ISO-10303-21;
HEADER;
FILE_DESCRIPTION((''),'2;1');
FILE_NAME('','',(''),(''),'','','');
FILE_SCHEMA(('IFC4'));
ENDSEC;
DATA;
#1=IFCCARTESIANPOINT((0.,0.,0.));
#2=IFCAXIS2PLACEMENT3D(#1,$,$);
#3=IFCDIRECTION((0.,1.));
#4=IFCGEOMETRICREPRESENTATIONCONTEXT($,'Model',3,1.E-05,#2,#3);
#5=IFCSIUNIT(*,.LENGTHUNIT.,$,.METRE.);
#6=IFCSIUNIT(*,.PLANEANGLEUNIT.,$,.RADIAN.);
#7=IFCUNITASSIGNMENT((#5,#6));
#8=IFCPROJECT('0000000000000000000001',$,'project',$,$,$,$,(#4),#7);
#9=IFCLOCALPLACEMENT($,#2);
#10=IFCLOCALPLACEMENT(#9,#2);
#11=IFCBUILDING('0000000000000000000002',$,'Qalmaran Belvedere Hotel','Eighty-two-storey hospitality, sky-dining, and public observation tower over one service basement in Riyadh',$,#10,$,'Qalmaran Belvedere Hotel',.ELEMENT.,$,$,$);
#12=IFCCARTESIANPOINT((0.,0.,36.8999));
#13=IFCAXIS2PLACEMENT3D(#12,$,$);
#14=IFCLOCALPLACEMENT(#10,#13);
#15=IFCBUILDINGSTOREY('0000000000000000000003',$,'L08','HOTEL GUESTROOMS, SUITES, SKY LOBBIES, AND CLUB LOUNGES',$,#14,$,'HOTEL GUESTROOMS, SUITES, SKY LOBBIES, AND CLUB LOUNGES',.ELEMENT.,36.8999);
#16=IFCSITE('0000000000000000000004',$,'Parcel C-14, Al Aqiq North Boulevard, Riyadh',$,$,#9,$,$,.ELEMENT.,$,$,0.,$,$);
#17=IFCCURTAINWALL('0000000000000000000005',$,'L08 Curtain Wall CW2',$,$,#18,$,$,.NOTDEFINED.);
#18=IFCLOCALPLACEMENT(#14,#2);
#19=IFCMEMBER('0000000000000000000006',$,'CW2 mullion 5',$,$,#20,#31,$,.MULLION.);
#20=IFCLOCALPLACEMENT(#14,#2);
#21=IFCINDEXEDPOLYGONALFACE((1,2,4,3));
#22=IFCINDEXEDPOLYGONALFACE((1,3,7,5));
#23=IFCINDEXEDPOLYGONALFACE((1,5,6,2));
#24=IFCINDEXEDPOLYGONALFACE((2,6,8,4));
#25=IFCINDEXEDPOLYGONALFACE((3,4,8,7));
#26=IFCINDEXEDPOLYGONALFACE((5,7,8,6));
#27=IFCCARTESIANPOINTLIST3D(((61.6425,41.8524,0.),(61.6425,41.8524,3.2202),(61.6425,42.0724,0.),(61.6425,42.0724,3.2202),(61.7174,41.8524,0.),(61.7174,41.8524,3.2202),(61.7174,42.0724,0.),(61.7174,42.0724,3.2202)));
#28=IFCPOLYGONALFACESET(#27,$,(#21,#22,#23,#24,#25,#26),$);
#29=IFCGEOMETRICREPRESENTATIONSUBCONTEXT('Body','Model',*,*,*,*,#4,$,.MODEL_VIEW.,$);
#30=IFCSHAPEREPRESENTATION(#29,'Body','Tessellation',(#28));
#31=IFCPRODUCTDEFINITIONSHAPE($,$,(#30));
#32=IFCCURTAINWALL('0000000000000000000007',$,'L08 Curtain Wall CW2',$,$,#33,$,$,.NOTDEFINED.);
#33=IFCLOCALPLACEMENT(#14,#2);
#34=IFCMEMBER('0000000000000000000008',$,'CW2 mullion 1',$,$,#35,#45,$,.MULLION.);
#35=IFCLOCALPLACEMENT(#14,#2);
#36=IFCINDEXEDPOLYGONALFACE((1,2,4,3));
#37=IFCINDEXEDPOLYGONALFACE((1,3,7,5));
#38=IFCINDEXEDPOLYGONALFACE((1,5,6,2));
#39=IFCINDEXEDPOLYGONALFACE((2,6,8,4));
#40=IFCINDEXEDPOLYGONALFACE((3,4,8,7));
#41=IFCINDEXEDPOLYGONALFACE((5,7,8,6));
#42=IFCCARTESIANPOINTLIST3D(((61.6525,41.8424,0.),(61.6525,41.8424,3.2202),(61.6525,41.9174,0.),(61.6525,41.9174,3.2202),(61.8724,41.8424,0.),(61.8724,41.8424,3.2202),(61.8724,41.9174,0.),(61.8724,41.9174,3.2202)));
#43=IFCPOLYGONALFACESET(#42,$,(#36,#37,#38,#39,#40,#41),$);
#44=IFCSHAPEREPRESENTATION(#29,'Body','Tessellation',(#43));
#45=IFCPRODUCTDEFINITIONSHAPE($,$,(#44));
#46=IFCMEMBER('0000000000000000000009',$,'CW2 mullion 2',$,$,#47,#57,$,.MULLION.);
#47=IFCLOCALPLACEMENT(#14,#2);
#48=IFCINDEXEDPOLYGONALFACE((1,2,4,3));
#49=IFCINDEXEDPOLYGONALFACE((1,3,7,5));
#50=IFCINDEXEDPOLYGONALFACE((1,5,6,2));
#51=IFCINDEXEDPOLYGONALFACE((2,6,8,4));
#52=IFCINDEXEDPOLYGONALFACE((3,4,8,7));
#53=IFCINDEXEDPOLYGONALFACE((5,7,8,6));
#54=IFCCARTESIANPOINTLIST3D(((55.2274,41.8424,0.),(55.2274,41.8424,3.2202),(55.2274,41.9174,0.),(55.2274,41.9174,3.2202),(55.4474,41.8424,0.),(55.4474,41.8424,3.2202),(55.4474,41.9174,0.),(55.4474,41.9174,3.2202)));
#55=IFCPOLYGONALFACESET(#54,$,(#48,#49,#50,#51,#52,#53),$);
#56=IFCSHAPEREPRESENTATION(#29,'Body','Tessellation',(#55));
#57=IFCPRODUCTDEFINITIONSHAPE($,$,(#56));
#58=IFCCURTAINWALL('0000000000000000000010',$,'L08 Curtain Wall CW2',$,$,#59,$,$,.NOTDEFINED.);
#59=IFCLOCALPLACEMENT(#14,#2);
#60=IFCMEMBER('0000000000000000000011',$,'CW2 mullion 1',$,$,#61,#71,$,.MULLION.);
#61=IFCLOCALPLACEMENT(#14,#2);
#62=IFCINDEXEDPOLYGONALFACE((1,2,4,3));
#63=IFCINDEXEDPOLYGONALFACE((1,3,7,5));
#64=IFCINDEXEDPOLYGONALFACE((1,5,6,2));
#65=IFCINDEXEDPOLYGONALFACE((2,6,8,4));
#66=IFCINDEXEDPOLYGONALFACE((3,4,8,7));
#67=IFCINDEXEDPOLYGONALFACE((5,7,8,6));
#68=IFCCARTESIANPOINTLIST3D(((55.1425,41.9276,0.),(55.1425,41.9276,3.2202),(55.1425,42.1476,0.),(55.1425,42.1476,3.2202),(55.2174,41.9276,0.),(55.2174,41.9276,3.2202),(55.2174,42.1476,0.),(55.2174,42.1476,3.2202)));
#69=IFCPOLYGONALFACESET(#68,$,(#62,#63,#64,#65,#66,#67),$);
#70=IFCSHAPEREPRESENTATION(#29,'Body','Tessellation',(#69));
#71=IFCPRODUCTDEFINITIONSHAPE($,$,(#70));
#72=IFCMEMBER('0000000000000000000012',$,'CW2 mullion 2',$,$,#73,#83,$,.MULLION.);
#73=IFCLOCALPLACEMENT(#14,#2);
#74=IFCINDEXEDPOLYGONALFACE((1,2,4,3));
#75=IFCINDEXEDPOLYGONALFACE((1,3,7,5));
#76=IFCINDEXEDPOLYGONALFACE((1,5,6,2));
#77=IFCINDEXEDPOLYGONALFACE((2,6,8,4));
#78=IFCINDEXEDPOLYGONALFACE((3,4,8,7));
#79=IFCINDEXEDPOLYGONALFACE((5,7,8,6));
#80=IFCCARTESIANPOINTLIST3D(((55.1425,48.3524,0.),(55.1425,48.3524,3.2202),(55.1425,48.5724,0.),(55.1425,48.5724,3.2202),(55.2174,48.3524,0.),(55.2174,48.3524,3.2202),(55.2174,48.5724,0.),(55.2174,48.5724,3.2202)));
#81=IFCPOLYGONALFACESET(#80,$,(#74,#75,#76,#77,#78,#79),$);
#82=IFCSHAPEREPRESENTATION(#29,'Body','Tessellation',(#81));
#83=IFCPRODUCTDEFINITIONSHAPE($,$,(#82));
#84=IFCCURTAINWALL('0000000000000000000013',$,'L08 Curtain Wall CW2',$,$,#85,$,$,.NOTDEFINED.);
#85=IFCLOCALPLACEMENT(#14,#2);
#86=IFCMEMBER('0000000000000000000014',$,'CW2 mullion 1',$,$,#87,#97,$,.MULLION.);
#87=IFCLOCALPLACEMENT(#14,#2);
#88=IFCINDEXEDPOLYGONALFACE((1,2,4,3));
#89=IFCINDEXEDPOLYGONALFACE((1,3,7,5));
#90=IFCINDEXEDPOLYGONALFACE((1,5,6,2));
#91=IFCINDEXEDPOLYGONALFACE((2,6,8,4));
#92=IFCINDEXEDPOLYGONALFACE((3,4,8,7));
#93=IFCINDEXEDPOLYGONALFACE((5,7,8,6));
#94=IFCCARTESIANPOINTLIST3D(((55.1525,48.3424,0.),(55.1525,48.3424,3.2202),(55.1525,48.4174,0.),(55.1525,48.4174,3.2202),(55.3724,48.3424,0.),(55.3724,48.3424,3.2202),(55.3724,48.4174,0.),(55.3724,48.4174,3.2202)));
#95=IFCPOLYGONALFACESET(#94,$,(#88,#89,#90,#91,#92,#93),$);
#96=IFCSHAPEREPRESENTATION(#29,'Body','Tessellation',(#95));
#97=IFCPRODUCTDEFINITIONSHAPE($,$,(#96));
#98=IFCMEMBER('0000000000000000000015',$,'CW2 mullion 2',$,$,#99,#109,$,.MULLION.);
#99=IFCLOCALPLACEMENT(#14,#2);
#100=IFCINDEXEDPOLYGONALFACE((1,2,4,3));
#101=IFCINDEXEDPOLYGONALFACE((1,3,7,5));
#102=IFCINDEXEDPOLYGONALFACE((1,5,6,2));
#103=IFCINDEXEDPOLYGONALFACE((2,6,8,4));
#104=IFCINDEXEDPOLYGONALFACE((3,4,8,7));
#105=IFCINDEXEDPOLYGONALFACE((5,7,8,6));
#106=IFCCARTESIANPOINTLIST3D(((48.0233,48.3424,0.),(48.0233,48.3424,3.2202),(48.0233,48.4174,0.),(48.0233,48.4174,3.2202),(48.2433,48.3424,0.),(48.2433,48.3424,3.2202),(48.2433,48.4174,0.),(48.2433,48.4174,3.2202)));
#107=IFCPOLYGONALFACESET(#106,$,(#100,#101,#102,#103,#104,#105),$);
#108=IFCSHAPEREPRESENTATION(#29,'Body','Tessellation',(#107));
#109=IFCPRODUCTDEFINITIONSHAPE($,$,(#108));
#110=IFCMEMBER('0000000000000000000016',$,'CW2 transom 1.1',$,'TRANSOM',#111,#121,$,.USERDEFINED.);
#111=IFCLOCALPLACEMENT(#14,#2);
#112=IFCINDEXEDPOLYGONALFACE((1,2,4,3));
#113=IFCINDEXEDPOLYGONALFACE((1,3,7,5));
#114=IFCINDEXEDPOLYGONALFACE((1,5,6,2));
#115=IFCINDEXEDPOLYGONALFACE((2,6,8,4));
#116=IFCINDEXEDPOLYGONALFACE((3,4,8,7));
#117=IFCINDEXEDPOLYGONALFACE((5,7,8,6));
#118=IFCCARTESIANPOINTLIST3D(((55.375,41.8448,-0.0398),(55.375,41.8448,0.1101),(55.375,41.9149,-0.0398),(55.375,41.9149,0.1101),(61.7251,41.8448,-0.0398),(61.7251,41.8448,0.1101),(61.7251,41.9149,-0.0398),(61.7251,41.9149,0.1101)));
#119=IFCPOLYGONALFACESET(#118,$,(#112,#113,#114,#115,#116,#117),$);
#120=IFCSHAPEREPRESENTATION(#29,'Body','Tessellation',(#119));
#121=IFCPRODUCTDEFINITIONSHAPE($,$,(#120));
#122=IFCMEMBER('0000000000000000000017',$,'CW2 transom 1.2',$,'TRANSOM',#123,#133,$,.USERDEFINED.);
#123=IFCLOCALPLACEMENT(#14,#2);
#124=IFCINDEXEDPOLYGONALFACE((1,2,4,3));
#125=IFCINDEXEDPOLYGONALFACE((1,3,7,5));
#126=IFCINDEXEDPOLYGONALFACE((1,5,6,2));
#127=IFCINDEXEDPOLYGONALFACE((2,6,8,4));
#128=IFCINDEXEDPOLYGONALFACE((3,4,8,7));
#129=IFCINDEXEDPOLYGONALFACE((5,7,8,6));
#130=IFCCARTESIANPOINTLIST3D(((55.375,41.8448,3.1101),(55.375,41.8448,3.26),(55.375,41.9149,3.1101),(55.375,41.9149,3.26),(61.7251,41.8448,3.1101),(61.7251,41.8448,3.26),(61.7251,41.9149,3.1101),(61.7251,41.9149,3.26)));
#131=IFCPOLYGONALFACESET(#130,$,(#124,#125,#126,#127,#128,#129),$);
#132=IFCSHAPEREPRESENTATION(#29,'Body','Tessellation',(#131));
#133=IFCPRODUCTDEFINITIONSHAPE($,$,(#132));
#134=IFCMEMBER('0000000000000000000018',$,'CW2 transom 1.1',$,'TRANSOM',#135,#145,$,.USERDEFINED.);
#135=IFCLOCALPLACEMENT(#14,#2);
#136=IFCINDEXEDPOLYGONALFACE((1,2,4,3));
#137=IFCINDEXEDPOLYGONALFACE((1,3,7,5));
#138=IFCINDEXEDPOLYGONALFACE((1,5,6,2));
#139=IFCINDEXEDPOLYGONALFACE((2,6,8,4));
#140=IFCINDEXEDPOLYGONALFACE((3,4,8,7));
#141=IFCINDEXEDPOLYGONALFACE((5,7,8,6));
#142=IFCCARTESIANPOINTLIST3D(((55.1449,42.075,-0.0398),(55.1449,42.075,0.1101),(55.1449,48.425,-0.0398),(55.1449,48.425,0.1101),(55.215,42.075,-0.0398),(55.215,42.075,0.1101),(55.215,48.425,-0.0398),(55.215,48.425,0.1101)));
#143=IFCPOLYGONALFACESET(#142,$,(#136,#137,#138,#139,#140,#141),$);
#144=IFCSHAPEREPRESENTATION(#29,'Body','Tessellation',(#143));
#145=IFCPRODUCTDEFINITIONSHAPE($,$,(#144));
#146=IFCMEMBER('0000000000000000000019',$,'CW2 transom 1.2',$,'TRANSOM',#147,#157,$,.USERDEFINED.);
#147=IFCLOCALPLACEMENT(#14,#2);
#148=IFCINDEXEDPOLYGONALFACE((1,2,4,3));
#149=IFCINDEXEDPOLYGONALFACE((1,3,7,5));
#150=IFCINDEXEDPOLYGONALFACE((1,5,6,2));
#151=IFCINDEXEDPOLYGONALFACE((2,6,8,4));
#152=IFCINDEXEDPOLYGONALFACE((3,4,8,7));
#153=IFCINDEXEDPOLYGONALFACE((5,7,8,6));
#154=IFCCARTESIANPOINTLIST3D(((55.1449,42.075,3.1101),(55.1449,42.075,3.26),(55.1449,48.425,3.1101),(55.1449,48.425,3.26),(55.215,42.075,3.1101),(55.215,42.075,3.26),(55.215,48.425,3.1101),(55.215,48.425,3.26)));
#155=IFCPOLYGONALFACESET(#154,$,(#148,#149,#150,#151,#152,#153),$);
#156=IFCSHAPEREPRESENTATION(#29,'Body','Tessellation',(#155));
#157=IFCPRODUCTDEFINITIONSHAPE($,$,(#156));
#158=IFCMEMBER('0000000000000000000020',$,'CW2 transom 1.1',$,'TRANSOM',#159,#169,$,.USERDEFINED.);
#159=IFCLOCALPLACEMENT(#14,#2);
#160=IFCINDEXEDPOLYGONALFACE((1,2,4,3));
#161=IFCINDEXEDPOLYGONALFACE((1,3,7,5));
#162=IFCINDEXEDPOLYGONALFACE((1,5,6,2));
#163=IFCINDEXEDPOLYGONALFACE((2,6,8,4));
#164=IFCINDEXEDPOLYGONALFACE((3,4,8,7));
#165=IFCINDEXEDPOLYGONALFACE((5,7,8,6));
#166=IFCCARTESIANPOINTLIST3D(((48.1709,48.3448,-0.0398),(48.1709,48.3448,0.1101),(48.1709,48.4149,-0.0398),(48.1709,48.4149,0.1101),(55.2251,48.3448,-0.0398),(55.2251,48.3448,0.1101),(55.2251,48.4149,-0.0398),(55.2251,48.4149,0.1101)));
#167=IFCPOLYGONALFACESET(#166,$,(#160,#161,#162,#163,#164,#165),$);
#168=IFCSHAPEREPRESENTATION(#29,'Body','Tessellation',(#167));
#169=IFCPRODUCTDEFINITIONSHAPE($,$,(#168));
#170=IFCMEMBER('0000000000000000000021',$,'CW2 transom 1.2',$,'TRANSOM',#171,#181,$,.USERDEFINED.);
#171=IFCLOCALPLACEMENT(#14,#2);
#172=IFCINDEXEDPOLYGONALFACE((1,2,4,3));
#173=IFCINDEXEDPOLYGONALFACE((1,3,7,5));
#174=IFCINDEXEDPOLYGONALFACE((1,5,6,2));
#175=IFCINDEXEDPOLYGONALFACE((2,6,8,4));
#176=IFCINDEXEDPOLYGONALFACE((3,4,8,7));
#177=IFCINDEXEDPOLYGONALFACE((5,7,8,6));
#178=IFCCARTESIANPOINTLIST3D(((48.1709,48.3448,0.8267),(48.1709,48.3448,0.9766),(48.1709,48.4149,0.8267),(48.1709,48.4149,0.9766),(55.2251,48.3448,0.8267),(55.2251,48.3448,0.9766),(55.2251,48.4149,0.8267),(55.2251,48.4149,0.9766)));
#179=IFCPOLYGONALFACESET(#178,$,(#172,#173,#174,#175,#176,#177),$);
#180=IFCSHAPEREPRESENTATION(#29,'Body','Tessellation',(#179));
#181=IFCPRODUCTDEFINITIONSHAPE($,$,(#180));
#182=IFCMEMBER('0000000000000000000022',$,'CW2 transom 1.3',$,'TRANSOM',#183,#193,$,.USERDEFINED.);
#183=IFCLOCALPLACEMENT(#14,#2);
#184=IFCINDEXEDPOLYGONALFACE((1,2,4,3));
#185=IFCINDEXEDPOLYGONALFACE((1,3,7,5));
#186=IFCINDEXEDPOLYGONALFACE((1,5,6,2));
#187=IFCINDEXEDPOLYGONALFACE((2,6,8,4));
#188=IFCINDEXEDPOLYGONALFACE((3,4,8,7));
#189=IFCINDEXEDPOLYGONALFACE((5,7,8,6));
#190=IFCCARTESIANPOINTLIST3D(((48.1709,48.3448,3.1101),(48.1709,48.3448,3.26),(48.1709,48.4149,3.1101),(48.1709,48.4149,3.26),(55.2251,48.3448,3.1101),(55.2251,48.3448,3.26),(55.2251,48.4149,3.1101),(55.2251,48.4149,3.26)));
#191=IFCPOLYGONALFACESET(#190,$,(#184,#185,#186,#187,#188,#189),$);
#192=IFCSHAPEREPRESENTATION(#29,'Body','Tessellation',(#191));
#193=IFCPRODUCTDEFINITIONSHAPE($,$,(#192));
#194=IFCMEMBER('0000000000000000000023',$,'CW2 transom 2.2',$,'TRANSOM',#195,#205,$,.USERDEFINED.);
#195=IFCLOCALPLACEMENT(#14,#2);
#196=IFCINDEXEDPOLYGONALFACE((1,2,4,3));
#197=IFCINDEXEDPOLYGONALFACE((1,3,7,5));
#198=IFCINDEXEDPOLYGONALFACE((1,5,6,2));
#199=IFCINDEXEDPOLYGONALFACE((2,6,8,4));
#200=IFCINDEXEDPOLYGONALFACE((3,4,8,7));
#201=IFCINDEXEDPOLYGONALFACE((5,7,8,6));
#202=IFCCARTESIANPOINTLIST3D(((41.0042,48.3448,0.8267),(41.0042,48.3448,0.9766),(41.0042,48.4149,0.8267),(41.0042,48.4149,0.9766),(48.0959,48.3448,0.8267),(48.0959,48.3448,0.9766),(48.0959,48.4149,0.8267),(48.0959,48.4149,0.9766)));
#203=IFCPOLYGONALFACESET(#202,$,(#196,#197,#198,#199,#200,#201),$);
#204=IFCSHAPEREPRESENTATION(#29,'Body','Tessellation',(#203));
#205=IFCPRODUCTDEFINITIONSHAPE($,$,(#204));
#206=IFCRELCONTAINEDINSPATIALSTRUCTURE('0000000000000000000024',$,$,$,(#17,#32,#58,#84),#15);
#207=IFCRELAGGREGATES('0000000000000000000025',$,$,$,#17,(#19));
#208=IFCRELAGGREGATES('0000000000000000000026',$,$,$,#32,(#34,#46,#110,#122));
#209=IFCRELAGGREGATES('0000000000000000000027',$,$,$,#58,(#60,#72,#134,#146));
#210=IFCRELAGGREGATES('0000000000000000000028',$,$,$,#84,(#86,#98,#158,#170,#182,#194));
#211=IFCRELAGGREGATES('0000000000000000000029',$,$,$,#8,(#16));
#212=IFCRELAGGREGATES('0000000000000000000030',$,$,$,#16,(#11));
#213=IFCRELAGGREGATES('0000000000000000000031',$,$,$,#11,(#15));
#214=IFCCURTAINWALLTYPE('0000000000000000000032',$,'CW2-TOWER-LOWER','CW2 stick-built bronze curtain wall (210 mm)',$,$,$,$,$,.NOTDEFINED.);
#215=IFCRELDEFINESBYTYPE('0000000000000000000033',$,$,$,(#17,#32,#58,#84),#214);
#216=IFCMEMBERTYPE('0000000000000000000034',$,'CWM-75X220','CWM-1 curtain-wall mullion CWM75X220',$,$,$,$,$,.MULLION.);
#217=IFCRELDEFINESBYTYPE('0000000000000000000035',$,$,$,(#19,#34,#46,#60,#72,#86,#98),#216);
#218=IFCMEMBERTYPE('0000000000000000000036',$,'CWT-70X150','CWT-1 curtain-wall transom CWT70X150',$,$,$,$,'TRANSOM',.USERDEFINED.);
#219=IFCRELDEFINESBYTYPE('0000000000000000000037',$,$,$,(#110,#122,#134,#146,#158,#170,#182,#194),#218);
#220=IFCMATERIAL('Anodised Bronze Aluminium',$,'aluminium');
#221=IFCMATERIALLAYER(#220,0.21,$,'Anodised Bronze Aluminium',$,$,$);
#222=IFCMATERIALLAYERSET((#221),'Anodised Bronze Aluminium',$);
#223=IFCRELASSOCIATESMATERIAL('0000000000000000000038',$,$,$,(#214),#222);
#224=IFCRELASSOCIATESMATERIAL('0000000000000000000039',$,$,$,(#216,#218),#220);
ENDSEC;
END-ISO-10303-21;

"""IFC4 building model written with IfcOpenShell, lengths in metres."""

from ifc_helpers import new_model, si_unit, direction, frame, origin, origin_2d, place, context, subcontext, project, spatial, rectangle, extrude, material, layer, layer_set, material_profile, profile_set, type_object, element, aggregate, save


model = new_model("IFC4")

# Units and contexts
model_context = context("Model", 3, precision=1e-05, world=origin(), true_north=direction((0.0, 1.0)))
body_context = subcontext(model_context, "Body", "Model", "MODEL_VIEW")
ifc_project = project(units=[si_unit("LENGTHUNIT", "METRE"), si_unit("PLANEANGLEUNIT", "RADIAN")], contexts=[model_context])

# Site, building, storey
site_placement = place(None, origin())
site = spatial("IfcSite", under=ifc_project, at=site_placement, Name="Parcel C-14, Al Aqiq North Boulevard, Riyadh", CompositionType="ELEMENT", RefElevation=0.0)
building_placement = place(site_placement, origin())
building = spatial("IfcBuilding", under=site, at=building_placement, Name="Qalmaran Belvedere Hotel", Description="Eighty-two-storey hospitality, sky-dining, and public observation tower over one service basement in Riyadh", LongName="Qalmaran Belvedere Hotel", CompositionType="ELEMENT")
storey_placement = place(building_placement, frame((0.0, 0.0, 36.8999)))
storey = spatial("IfcBuildingStorey", under=building, at=storey_placement, Name="L08", Description="HOTEL GUESTROOMS, SUITES, SKY LOBBIES, AND CLUB LOUNGES", LongName="HOTEL GUESTROOMS, SUITES, SKY LOBBIES, AND CLUB LOUNGES", CompositionType="ELEMENT", Elevation=36.8999)

# Curtain wall, member
ifc_material_1 = material(Name="Anodised Bronze Aluminium", Category="aluminium")
ifc_layer_1 = layer(ifc_material_1, 0.21, Name="Anodised Bronze Aluminium")
ifc_layer_set_1 = layer_set([ifc_layer_1], Name="Anodised Bronze Aluminium")
curtain_wall_type = type_object("IfcCurtainWallType", Name="CW2-TOWER-LOWER", Description="CW2 stick-built bronze curtain wall (210 mm)", PredefinedType="NOTDEFINED", material=ifc_layer_set_1)
curtain_wall_1_placement = place(storey_placement, origin())
curtain_wall_1 = element("IfcCurtainWall", 1, at=curtain_wall_1_placement, inside=storey, type_object=curtain_wall_type, Name="L08 Curtain Wall CW2", PredefinedType="NOTDEFINED")
ifc_material_profile_1 = material_profile(ifc_material_1, rectangle(XDim=0.075, YDim=0.22, at=origin_2d()), Name="CWM75X220")
ifc_profile_set_1 = profile_set([ifc_material_profile_1], Name="Anodised Bronze Aluminium")
member_type_1 = type_object("IfcMemberType", Name="CWM-75X220", Description="CWM-1 curtain-wall mullion CWM75X220", PredefinedType="MULLION", material=ifc_profile_set_1)
member_1_placement = place(storey_placement, frame((61.6799, 41.9624, 0.0), z_axis=(0.0, 0.0, 1.0), x_axis=(-1.0, 0.0, 0.0)))
member_1 = element("IfcMember", 2, at=member_1_placement, type_object=member_type_1, Name="CW2 mullion 5", PredefinedType="MULLION", context=body_context, shape_type="SweptSolid", body=[
    extrude(rectangle(XDim=0.075, YDim=0.22, at=origin_2d()), origin(), (0.0, 0.0, 1.0), 3.2202),
])

# Curtain walls, members
curtain_wall_2_placement = place(storey_placement, origin())
curtain_wall_2 = element("IfcCurtainWall", 3, at=curtain_wall_2_placement, inside=storey, type_object=curtain_wall_type, Name="L08 Curtain Wall CW2", PredefinedType="NOTDEFINED")
member_2_placement = place(storey_placement, frame((61.7625, 41.8799, 0.0), z_axis=(0.0, 0.0, 1.0), x_axis=(0.0, -1.0, 0.0)))
member_2 = element("IfcMember", 4, at=member_2_placement, type_object=member_type_1, Name="CW2 mullion 1", PredefinedType="MULLION", context=body_context, shape_type="SweptSolid", body=[
    extrude(rectangle(XDim=0.075, YDim=0.22, at=origin_2d()), origin(), (0.0, 0.0, 1.0), 3.2202),
])
member_3_placement = place(storey_placement, frame((55.3374, 41.8799, 0.0), z_axis=(0.0, 0.0, 1.0), x_axis=(0.0, -1.0, 0.0)))
member_3 = element("IfcMember", 5, at=member_3_placement, type_object=member_type_1, Name="CW2 mullion 2", PredefinedType="MULLION", context=body_context, shape_type="SweptSolid", body=[
    extrude(rectangle(XDim=0.075, YDim=0.22, at=origin_2d()), origin(), (0.0, 0.0, 1.0), 3.2202),
])
curtain_wall_3_placement = place(storey_placement, origin())
curtain_wall_3 = element("IfcCurtainWall", 6, at=curtain_wall_3_placement, inside=storey, type_object=curtain_wall_type, Name="L08 Curtain Wall CW2", PredefinedType="NOTDEFINED")
member_4_placement = place(storey_placement, frame((55.1799, 42.0376, 0.0), z_axis=(0.0, 0.0, 1.0), x_axis=(-1.0, 0.0, 0.0)))
member_4 = element("IfcMember", 7, at=member_4_placement, type_object=member_type_1, Name="CW2 mullion 1", PredefinedType="MULLION", context=body_context, shape_type="SweptSolid", body=[
    extrude(rectangle(XDim=0.075, YDim=0.22, at=origin_2d()), origin(), (0.0, 0.0, 1.0), 3.2202),
])
member_5_placement = place(storey_placement, frame((55.1799, 48.4624, 0.0), z_axis=(0.0, 0.0, 1.0), x_axis=(-1.0, 0.0, 0.0)))
member_5 = element("IfcMember", 8, at=member_5_placement, type_object=member_type_1, Name="CW2 mullion 2", PredefinedType="MULLION", context=body_context, shape_type="SweptSolid", body=[
    extrude(rectangle(XDim=0.075, YDim=0.22, at=origin_2d()), origin(), (0.0, 0.0, 1.0), 3.2202),
])
curtain_wall_4_placement = place(storey_placement, origin())
curtain_wall_4 = element("IfcCurtainWall", 9, at=curtain_wall_4_placement, inside=storey, type_object=curtain_wall_type, Name="L08 Curtain Wall CW2", PredefinedType="NOTDEFINED")
member_6_placement = place(storey_placement, frame((55.2625, 48.3799, 0.0), z_axis=(0.0, 0.0, 1.0), x_axis=(0.0, -1.0, 0.0)))
member_6 = element("IfcMember", 10, at=member_6_placement, type_object=member_type_1, Name="CW2 mullion 1", PredefinedType="MULLION", context=body_context, shape_type="SweptSolid", body=[
    extrude(rectangle(XDim=0.075, YDim=0.22, at=origin_2d()), origin(), (0.0, 0.0, 1.0), 3.2202),
])
member_7_placement = place(storey_placement, frame((48.1333, 48.3799, 0.0), z_axis=(0.0, 0.0, 1.0), x_axis=(0.0, -1.0, 0.0)))
member_7 = element("IfcMember", 11, at=member_7_placement, type_object=member_type_1, Name="CW2 mullion 2", PredefinedType="MULLION", context=body_context, shape_type="SweptSolid", body=[
    extrude(rectangle(XDim=0.075, YDim=0.22, at=origin_2d()), origin(), (0.0, 0.0, 1.0), 3.2202),
])

# Members
ifc_material_profile_2 = material_profile(ifc_material_1, rectangle(XDim=0.0701, YDim=0.1499, at=origin_2d()), Name="CWT70X150")
ifc_profile_set_2 = profile_set([ifc_material_profile_2], Name="Anodised Bronze Aluminium")
member_type_2 = type_object("IfcMemberType", Name="CWT-70X150", Description="CWT-1 curtain-wall transom CWT70X150", ElementType="TRANSOM", PredefinedType="USERDEFINED", material=ifc_profile_set_2)
member_8_placement = place(storey_placement, frame((61.7251, 41.8799, 0.0352), z_axis=(-1.0, 0.0, 0.0), x_axis=(0.0, -1.0, 0.0)))
member_8 = element("IfcMember", 12, at=member_8_placement, type_object=member_type_2, Name="CW2 transom 1.1", ObjectType="TRANSOM", PredefinedType="USERDEFINED", context=body_context, shape_type="SweptSolid", body=[
    extrude(rectangle(XDim=0.0701, YDim=0.1499, at=origin_2d()), origin(), (0.0, 0.0, 1.0), 6.3501),
])
member_9_placement = place(storey_placement, frame((61.7251, 41.8799, 3.1851), z_axis=(-1.0, 0.0, 0.0), x_axis=(0.0, -1.0, 0.0)))
member_9 = element("IfcMember", 13, at=member_9_placement, type_object=member_type_2, Name="CW2 transom 1.2", ObjectType="TRANSOM", PredefinedType="USERDEFINED", context=body_context, shape_type="SweptSolid", body=[
    extrude(rectangle(XDim=0.0701, YDim=0.1499, at=origin_2d()), origin(), (0.0, 0.0, 1.0), 6.3501),
])
member_10_placement = place(storey_placement, frame((55.1799, 42.075, 0.0352), z_axis=(0.0, 1.0, 0.0), x_axis=(-1.0, 0.0, 0.0)))
member_10 = element("IfcMember", 14, at=member_10_placement, type_object=member_type_2, Name="CW2 transom 1.1", ObjectType="TRANSOM", PredefinedType="USERDEFINED", context=body_context, shape_type="SweptSolid", body=[
    extrude(rectangle(XDim=0.0701, YDim=0.1499, at=origin_2d()), origin(), (0.0, 0.0, 1.0), 6.3501),
])
member_11_placement = place(storey_placement, frame((55.1799, 42.075, 3.1851), z_axis=(0.0, 1.0, 0.0), x_axis=(-1.0, 0.0, 0.0)))
member_11 = element("IfcMember", 15, at=member_11_placement, type_object=member_type_2, Name="CW2 transom 1.2", ObjectType="TRANSOM", PredefinedType="USERDEFINED", context=body_context, shape_type="SweptSolid", body=[
    extrude(rectangle(XDim=0.0701, YDim=0.1499, at=origin_2d()), origin(), (0.0, 0.0, 1.0), 6.3501),
])
member_12_placement = place(storey_placement, frame((55.2251, 48.3799, 0.0352), z_axis=(-1.0, 0.0, 0.0), x_axis=(0.0, -1.0, 0.0)))
member_12 = element("IfcMember", 16, at=member_12_placement, type_object=member_type_2, Name="CW2 transom 1.1", ObjectType="TRANSOM", PredefinedType="USERDEFINED", context=body_context, shape_type="SweptSolid", body=[
    extrude(rectangle(XDim=0.0701, YDim=0.1499, at=origin_2d()), origin(), (0.0, 0.0, 1.0), 7.0542),
])
member_13_placement = place(storey_placement, frame((55.2251, 48.3799, 0.9016), z_axis=(-1.0, 0.0, 0.0), x_axis=(0.0, -1.0, 0.0)))
member_13 = element("IfcMember", 17, at=member_13_placement, type_object=member_type_2, Name="CW2 transom 1.2", ObjectType="TRANSOM", PredefinedType="USERDEFINED", context=body_context, shape_type="SweptSolid", body=[
    extrude(rectangle(XDim=0.0701, YDim=0.1499, at=origin_2d()), origin(), (0.0, 0.0, 1.0), 7.0542),
])
member_14_placement = place(storey_placement, frame((55.2251, 48.3799, 3.1851), z_axis=(-1.0, 0.0, 0.0), x_axis=(0.0, -1.0, 0.0)))
member_14 = element("IfcMember", 18, at=member_14_placement, type_object=member_type_2, Name="CW2 transom 1.3", ObjectType="TRANSOM", PredefinedType="USERDEFINED", context=body_context, shape_type="SweptSolid", body=[
    extrude(rectangle(XDim=0.0701, YDim=0.1499, at=origin_2d()), origin(), (0.0, 0.0, 1.0), 7.0542),
])
member_15_placement = place(storey_placement, frame((48.0959, 48.3799, 0.9016), z_axis=(-1.0, 0.0, 0.0), x_axis=(0.0, -1.0, 0.0)))
member_15 = element("IfcMember", 19, at=member_15_placement, type_object=member_type_2, Name="CW2 transom 2.2", ObjectType="TRANSOM", PredefinedType="USERDEFINED", context=body_context, shape_type="SweptSolid", body=[
    extrude(rectangle(XDim=0.0701, YDim=0.1499, at=origin_2d()), origin(), (0.0, 0.0, 1.0), 7.0918),
])

aggregate(curtain_wall_1, [member_1])
aggregate(curtain_wall_2, [member_2, member_3, member_8, member_9])
aggregate(curtain_wall_3, [member_4, member_5, member_10, member_11])
aggregate(curtain_wall_4, [member_6, member_7, member_12, member_13, member_14, member_15])

save(model, "model.ifc")
